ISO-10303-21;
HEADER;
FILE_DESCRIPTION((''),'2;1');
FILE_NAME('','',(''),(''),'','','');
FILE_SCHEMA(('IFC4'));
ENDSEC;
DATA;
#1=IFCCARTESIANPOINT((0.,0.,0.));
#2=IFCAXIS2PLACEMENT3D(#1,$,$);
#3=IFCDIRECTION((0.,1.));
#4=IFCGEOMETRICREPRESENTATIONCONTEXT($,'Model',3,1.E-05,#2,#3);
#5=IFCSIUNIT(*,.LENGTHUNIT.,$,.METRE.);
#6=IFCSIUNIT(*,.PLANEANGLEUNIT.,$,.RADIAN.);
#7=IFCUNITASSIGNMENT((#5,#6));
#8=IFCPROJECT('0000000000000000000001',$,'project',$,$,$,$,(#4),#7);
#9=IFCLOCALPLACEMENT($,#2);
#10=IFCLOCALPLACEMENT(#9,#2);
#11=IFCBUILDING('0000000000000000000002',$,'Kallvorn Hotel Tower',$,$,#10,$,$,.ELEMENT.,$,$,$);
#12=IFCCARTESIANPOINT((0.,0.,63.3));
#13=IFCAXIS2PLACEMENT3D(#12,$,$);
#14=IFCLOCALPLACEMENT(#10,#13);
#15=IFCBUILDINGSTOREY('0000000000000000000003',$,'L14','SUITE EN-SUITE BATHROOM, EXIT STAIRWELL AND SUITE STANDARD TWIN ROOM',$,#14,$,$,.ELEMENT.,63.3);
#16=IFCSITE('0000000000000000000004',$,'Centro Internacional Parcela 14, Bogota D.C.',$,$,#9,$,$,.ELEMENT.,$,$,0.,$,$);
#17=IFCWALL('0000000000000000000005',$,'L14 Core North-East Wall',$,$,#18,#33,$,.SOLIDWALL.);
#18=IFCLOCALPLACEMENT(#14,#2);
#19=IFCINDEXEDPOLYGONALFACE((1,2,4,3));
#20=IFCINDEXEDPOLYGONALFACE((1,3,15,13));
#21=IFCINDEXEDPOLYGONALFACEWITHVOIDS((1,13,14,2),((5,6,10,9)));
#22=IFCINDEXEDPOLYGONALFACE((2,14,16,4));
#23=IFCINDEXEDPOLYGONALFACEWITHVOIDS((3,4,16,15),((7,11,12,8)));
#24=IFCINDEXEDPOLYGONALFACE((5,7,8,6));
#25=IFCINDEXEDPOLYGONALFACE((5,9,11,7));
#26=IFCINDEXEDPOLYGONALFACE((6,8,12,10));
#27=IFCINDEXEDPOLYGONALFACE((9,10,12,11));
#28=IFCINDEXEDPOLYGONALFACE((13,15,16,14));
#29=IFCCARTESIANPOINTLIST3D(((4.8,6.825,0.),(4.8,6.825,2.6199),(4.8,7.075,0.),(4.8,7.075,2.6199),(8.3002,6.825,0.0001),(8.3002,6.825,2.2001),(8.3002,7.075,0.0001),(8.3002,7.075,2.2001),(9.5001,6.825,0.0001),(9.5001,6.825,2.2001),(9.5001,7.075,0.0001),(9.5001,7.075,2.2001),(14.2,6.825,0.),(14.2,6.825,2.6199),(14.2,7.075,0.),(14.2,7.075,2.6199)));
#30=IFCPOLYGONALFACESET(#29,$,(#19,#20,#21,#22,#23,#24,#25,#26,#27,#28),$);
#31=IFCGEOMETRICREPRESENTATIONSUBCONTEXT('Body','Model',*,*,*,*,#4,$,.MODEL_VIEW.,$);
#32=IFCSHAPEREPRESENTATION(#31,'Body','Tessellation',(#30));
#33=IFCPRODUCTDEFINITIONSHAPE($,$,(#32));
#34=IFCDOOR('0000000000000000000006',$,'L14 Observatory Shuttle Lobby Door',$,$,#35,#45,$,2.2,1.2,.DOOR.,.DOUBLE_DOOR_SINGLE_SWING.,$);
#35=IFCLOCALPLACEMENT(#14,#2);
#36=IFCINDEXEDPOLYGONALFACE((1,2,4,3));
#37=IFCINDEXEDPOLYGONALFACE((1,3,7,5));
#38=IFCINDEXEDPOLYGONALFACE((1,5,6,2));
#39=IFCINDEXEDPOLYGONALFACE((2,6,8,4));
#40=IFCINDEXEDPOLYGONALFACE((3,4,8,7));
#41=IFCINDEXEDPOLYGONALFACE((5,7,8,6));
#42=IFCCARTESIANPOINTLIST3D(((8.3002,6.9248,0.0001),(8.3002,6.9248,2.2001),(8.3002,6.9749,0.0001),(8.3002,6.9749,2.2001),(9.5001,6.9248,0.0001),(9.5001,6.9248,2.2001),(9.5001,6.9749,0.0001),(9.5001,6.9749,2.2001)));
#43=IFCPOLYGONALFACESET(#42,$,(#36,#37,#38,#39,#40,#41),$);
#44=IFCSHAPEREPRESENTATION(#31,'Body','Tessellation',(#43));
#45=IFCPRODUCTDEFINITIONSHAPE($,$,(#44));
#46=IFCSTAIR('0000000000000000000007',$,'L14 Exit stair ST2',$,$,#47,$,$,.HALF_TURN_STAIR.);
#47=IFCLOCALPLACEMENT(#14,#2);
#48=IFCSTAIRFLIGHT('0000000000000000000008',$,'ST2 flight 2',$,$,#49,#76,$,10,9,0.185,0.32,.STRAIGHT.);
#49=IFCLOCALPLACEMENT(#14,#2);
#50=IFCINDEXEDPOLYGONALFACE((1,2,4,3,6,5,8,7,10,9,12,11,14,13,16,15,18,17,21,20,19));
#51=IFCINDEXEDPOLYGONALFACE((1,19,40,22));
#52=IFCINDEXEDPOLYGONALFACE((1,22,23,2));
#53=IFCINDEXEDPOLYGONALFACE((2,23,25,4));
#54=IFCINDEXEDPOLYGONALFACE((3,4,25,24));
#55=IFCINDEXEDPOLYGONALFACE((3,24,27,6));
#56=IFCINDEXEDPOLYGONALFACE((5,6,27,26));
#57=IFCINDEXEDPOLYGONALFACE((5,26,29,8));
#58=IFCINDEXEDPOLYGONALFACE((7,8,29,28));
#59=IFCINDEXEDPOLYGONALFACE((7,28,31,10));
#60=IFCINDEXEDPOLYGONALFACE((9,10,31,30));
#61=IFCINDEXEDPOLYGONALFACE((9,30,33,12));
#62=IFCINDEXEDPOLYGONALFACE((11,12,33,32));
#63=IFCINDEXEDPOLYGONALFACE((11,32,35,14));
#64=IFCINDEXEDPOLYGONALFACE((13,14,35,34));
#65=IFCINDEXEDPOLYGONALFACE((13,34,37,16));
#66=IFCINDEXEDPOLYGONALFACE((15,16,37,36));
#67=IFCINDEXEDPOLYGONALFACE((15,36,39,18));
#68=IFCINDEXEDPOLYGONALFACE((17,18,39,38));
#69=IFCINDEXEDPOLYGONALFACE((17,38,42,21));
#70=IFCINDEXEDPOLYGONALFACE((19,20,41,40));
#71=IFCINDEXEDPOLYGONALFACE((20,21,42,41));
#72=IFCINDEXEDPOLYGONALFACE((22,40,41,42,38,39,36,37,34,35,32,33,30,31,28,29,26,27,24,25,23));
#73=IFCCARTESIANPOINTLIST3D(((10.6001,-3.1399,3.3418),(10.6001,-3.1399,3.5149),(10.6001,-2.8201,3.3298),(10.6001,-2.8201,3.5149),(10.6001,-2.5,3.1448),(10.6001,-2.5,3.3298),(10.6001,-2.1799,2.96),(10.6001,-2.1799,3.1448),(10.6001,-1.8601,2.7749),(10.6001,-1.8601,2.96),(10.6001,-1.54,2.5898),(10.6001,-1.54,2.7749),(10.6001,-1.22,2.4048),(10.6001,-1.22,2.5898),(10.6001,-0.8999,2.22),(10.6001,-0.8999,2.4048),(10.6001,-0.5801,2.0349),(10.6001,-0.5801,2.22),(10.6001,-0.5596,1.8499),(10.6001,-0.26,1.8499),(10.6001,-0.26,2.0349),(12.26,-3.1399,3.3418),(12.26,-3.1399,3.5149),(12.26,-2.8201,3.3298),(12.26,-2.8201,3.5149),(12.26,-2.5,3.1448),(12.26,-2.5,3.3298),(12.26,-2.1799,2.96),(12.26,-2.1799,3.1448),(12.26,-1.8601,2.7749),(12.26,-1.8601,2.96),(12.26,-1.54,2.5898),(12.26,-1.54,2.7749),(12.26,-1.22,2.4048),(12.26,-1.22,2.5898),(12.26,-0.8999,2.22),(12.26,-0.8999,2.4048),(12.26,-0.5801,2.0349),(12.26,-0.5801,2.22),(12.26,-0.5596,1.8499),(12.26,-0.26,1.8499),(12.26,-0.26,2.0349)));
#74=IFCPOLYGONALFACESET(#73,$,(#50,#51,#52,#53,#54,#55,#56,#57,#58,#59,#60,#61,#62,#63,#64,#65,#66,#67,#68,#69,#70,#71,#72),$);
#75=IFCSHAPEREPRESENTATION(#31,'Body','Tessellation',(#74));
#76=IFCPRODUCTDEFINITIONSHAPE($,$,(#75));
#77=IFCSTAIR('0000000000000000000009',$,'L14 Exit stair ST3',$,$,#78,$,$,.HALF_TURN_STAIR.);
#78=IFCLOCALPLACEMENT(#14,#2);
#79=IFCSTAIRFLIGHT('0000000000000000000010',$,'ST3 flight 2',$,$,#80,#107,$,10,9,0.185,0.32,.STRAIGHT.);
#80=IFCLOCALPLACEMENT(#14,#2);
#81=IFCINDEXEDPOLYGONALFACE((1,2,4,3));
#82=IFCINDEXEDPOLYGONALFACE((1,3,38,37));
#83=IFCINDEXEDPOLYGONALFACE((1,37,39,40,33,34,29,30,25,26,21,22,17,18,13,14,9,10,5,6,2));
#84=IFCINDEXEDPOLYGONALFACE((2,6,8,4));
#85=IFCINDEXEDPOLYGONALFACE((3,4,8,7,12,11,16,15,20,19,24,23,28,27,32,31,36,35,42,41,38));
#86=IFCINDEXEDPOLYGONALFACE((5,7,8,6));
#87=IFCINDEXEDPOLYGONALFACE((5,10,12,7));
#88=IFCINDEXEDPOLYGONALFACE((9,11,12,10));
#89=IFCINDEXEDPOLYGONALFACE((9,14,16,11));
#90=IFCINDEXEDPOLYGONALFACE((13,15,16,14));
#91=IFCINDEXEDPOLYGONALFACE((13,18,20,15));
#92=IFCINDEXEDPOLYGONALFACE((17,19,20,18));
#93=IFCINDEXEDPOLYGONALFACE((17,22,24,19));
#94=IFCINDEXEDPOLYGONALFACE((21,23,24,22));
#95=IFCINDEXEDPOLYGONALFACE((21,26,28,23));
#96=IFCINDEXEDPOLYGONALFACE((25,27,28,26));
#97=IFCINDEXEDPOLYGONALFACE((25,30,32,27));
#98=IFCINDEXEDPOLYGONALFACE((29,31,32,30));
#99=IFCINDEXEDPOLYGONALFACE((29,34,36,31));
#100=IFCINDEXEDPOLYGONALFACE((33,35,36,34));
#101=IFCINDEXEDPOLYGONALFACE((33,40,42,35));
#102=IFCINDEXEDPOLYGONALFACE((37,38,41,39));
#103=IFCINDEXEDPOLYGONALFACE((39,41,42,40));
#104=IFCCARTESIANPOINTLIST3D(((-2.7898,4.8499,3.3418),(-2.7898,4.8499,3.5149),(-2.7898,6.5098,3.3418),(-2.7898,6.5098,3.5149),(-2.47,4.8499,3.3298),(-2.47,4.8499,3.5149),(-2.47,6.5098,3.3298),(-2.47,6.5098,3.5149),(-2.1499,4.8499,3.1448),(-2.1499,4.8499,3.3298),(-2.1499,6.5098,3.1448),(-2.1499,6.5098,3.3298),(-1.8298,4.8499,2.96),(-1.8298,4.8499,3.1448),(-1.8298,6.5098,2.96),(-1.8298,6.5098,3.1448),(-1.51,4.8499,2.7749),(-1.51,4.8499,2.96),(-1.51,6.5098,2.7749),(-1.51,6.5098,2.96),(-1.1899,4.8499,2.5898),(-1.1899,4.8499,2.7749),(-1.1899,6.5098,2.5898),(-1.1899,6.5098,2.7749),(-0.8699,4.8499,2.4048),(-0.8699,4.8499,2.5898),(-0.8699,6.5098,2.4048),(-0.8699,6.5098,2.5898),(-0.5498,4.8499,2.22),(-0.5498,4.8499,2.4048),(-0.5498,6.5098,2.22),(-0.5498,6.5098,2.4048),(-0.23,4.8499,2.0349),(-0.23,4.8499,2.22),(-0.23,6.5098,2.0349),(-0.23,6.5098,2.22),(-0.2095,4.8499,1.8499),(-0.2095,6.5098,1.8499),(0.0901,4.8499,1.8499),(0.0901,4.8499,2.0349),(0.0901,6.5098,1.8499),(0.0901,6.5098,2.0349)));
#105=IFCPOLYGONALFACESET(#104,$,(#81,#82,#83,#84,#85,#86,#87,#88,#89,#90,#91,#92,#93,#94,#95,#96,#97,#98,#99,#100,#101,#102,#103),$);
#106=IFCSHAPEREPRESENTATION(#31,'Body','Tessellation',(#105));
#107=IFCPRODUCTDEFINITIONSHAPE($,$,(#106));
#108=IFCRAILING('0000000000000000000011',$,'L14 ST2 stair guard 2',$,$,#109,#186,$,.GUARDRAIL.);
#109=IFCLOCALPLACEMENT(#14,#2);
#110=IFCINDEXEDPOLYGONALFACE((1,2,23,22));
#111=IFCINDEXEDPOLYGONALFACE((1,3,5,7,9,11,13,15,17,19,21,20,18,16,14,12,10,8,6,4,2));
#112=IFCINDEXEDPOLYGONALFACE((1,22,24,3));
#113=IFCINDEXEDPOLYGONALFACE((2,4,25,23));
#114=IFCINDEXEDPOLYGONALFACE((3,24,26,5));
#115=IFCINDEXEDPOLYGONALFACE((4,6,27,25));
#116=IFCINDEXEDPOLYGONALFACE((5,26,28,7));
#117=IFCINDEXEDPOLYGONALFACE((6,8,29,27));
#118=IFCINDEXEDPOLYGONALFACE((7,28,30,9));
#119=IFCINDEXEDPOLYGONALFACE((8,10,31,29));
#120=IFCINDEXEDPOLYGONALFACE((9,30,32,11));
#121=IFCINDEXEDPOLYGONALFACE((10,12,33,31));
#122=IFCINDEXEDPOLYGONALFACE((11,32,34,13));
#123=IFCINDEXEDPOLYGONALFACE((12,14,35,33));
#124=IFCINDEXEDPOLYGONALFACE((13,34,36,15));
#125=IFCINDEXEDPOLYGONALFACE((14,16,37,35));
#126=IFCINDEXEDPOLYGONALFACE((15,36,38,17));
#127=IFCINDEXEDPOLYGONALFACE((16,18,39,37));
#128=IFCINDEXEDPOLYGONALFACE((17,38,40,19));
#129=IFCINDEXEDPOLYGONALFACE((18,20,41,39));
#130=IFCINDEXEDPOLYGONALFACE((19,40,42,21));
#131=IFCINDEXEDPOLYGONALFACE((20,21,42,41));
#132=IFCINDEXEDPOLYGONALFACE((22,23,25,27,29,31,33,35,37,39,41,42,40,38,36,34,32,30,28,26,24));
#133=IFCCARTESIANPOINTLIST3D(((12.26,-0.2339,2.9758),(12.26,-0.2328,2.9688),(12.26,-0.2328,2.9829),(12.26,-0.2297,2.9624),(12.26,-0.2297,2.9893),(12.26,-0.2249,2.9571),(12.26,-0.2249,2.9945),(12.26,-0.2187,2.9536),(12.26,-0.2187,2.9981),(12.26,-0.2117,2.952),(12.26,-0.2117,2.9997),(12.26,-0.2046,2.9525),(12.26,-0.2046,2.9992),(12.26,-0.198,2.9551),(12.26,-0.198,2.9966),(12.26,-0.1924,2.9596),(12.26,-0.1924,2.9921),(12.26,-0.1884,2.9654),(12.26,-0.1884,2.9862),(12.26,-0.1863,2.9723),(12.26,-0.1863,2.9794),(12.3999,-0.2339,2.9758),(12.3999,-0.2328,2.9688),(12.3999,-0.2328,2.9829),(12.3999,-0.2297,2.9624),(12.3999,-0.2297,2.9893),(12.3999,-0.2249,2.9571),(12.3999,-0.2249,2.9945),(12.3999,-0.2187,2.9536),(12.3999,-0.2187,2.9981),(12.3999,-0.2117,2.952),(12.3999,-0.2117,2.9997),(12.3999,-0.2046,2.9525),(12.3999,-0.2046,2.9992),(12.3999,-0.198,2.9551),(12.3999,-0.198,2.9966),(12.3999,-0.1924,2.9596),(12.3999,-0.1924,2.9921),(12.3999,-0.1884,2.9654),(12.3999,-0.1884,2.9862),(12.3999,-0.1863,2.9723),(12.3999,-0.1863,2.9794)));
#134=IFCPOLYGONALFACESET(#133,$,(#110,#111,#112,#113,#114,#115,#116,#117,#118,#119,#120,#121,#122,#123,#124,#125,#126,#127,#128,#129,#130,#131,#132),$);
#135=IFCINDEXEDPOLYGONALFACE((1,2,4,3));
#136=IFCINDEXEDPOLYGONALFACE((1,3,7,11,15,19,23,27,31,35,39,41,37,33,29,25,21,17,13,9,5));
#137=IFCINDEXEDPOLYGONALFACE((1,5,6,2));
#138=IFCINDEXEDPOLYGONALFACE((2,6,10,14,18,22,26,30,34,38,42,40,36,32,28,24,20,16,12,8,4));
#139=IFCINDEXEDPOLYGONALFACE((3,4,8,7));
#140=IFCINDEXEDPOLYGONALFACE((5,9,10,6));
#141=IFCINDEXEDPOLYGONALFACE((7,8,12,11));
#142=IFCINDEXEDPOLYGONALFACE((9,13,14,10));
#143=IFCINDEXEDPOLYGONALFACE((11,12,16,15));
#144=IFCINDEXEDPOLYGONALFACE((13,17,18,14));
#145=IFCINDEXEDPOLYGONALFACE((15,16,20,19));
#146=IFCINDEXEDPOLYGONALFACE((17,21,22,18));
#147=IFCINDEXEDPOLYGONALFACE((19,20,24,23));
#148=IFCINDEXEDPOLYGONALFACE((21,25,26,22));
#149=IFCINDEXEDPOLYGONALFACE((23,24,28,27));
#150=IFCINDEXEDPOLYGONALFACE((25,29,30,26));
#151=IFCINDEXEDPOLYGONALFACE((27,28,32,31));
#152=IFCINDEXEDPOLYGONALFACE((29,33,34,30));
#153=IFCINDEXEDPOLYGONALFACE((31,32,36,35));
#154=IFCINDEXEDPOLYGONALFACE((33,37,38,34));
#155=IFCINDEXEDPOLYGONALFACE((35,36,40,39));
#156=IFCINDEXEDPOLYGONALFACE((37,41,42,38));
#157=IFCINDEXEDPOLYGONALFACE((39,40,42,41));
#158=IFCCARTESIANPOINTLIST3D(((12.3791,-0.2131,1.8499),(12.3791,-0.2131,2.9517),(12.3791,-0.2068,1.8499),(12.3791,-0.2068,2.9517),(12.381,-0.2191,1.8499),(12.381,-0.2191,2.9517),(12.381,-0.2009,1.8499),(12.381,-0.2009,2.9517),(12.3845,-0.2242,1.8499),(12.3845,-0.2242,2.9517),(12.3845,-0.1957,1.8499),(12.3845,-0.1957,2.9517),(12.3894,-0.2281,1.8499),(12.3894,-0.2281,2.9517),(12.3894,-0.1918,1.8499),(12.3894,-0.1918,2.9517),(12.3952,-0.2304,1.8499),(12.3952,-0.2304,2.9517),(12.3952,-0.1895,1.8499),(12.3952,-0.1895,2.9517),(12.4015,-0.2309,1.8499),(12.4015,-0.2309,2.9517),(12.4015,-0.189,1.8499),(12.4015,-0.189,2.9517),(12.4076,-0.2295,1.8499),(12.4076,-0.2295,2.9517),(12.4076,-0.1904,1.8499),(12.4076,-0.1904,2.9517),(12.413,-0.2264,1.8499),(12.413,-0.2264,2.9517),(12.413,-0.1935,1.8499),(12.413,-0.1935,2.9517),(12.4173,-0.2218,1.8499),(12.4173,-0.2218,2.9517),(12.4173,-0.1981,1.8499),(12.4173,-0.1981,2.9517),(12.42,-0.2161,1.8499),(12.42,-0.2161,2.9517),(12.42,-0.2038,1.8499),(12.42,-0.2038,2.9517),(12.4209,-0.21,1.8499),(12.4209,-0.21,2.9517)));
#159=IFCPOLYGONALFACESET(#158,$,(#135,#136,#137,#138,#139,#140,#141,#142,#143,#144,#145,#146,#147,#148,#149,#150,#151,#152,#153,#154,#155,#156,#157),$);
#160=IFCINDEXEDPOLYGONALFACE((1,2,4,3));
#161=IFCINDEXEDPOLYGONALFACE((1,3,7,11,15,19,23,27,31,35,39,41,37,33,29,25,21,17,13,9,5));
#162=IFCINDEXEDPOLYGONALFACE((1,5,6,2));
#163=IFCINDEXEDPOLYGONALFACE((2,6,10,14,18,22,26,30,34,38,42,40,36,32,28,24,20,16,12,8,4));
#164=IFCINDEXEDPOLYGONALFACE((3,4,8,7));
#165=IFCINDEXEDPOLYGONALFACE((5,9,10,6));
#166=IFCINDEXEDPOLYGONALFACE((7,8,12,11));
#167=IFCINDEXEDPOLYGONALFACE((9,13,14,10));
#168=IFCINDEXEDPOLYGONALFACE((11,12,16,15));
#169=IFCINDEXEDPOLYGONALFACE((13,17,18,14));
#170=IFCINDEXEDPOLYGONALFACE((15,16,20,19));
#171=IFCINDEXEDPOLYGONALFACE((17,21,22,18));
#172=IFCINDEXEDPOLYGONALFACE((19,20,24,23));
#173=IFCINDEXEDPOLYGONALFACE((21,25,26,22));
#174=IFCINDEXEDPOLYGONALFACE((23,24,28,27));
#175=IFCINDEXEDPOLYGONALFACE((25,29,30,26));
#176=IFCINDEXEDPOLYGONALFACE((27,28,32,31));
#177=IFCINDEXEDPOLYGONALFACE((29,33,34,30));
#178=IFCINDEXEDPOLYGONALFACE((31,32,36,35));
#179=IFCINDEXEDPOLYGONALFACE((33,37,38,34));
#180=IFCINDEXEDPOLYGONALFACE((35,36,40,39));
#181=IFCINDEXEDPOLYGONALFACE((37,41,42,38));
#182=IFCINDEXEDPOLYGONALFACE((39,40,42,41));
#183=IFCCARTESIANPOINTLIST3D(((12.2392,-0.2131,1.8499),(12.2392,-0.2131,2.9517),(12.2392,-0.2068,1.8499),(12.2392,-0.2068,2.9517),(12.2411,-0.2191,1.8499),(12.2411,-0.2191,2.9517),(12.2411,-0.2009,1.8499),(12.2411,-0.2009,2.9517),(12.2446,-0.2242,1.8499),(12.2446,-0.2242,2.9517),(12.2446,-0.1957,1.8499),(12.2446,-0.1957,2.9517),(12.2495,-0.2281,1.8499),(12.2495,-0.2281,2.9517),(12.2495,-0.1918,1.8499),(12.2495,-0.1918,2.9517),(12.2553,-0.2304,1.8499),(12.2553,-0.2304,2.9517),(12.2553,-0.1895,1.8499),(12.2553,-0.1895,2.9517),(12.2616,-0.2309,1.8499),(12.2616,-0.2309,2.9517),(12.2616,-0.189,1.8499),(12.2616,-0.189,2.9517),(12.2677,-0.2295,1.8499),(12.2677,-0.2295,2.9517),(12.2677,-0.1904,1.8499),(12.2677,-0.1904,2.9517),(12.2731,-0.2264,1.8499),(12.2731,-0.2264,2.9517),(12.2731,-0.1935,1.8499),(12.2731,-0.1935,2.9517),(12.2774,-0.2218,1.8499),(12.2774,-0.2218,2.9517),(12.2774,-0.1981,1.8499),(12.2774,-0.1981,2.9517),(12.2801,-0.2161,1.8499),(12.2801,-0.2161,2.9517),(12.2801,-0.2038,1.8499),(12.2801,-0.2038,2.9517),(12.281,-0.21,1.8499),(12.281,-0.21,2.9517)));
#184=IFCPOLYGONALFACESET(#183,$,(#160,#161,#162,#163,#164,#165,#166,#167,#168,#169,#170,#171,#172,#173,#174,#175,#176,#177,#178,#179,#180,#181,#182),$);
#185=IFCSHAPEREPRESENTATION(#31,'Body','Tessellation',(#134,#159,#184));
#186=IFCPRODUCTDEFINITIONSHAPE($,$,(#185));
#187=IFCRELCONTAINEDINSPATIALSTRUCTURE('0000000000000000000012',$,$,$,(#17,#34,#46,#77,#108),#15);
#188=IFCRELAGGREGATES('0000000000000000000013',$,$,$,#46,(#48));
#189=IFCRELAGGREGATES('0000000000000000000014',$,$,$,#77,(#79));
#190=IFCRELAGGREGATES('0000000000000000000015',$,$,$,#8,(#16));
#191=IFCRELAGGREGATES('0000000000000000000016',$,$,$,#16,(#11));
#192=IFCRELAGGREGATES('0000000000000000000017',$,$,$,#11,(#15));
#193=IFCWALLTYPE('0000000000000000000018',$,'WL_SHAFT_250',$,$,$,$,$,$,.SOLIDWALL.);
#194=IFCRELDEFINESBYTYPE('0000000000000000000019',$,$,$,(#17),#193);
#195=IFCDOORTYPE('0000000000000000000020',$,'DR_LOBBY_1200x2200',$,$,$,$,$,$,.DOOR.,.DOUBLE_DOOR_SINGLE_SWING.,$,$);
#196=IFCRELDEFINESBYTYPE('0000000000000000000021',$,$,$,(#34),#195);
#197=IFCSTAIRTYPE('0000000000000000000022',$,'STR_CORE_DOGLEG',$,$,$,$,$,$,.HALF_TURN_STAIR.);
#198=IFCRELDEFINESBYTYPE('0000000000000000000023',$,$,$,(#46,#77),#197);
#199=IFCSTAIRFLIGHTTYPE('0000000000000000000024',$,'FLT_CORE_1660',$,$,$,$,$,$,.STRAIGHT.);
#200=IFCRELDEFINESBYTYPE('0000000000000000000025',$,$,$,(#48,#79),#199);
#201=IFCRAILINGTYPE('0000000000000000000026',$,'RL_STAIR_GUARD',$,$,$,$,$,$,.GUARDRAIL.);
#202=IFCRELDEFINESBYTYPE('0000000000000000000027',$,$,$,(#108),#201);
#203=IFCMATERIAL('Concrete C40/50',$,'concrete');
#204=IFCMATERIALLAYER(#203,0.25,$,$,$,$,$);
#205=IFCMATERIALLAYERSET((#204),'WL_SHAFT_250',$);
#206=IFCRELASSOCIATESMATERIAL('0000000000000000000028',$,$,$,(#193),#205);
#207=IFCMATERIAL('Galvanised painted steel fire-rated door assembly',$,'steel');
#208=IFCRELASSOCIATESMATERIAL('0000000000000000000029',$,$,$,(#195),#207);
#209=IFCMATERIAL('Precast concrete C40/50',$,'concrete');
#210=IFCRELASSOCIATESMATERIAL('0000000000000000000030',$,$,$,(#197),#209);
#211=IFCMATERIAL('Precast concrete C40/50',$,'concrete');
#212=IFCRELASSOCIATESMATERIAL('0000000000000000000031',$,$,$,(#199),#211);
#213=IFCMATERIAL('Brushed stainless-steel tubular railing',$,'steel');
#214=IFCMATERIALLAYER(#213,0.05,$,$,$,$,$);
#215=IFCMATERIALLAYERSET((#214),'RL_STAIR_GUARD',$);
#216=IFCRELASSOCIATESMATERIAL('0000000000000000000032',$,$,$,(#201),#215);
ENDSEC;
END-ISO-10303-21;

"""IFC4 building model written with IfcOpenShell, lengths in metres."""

from ifc_helpers import new_model, si_unit, direction, frame, frame_2d, origin, origin_2d, place, context, subcontext, project, spatial, polyline, rectangle, circle, outline, extrude, material, layer, layer_set, type_object, element, fill, aggregate, save


model = new_model("IFC4")

# Units and contexts
model_context = context("Model", 3, precision=1e-05, world=origin(), true_north=direction((0.0, 1.0)))
body_context = subcontext(model_context, "Body", "Model", "MODEL_VIEW")
ifc_project = project(units=[si_unit("LENGTHUNIT", "METRE"), si_unit("PLANEANGLEUNIT", "RADIAN")], contexts=[model_context])

# Site, building, storey
site_placement = place(None, origin())
site = spatial("IfcSite", under=ifc_project, at=site_placement, Name="Centro Internacional Parcela 14, Bogota D.C.", CompositionType="ELEMENT", RefElevation=0.0)
building_placement = place(site_placement, origin())
building = spatial("IfcBuilding", under=site, at=building_placement, Name="Kallvorn Hotel Tower", CompositionType="ELEMENT")
storey_placement = place(building_placement, frame((0.0, 0.0, 63.3)))
storey = spatial("IfcBuildingStorey", under=building, at=storey_placement, Name="L14", Description="SUITE EN-SUITE BATHROOM, EXIT STAIRWELL AND SUITE STANDARD TWIN ROOM", CompositionType="ELEMENT", Elevation=63.3)

# Wall, opening, door
ifc_material_1 = material(Name="Concrete C40/50", Category="concrete")
ifc_layer_1 = layer(ifc_material_1, 0.25)
ifc_layer_set_1 = layer_set([ifc_layer_1], Name="WL_SHAFT_250")
wall_type_1 = type_object("IfcWallType", Name="WL_SHAFT_250", PredefinedType="SOLIDWALL", material=ifc_layer_set_1)
wall_1_placement = place(storey_placement, frame((4.8, 6.95, 0.0), z_axis=(0.0, 0.0, 1.0), x_axis=(1.0, 0.0, 0.0)))
wall_1 = element("IfcWall", 1, at=wall_1_placement, inside=storey, type_object=wall_type_1, Name="L14 Core North-East Wall", PredefinedType="SOLIDWALL", context=body_context, shape_type="SweptSolid", body=[
    extrude(rectangle(XDim=9.3999, YDim=0.25, at=frame_2d((4.7, 0.0))), origin(), (0.0, 0.0, 1.0), 2.6199),
])
opening_1_placement = place(wall_1_placement, frame((3.5, 0.0, 0.0)))
opening_1 = element("IfcOpeningElement", 2, at=opening_1_placement, cuts=wall_1, PredefinedType="OPENING", context=body_context, shape_type="SweptSolid", body=[
    extrude(rectangle(XDim=1.2, YDim=2.2, at=frame_2d((0.6001, 1.1001))), frame((0.0, 0.1399, 0.0), z_axis=(0.0, -1.0, 0.0), x_axis=(1.0, 0.0, 0.0)), (0.0, 0.0, 1.0), 0.28),
])
ifc_material_2 = material(Name="Galvanised painted steel fire-rated door assembly", Category="steel")
door_type_1 = type_object("IfcDoorType", Name="DR_LOBBY_1200x2200", OperationType="DOUBLE_DOOR_SINGLE_SWING", PredefinedType="DOOR", material=ifc_material_2)
door_1_placement = place(opening_1_placement, origin())
door_1 = element("IfcDoor", 3, at=door_1_placement, inside=storey, type_object=door_type_1, Name="L14 Observatory Shuttle Lobby Door", OperationType="DOUBLE_DOOR_SINGLE_SWING", OverallHeight=2.2, OverallWidth=1.2, PredefinedType="DOOR", context=body_context, shape_type="SweptSolid", body=[
    extrude(rectangle(XDim=1.2, YDim=2.2, at=frame_2d((0.6001, 1.1001))), frame((0.0, 0.0249, 0.0), z_axis=(0.0, -1.0, 0.0), x_axis=(1.0, 0.0, 0.0)), (0.0, 0.0, 1.0), 0.05),
])
fill(opening_1, door_1)

# Stairs, stair flights
ifc_material_3 = material(Name="Precast concrete C40/50", Category="concrete")
stair_type = type_object("IfcStairType", Name="STR_CORE_DOGLEG", PredefinedType="HALF_TURN_STAIR", material=ifc_material_3)
stair_1_placement = place(storey_placement, origin())
stair_1 = element("IfcStair", 4, at=stair_1_placement, inside=storey, type_object=stair_type, Name="L14 Exit stair ST2", PredefinedType="HALF_TURN_STAIR")
ifc_material_4 = material(Name="Precast concrete C40/50", Category="concrete")
stair_flight_type = type_object("IfcStairFlightType", Name="FLT_CORE_1660", PredefinedType="STRAIGHT", material=ifc_material_4)
stair_flight_1_placement = place(storey_placement, frame((11.4299, -0.26, 1.8499), z_axis=(0.0, 0.0, 1.0), x_axis=(0.0, -1.0, 0.0)))
stair_flight_1 = element("IfcStairFlight", 5, at=stair_flight_1_placement, type_object=stair_flight_type, Name="ST2 flight 2", NumberOfRisers=10, NumberOfTreads=9, PredefinedType="STRAIGHT", RiserHeight=0.185, TreadLength=0.32, context=body_context, shape_type="SweptSolid", body=[
    extrude(outline(polyline([(0.0, 0.0), (0.0, 0.1851), (0.3201, 0.1851), (0.3201, 0.3701), (0.6399, 0.3701), (0.6399, 0.5549), (0.96, 0.5549), (0.96, 0.74), (1.28, 0.74), (1.28, 0.925), (1.6001, 0.925), (1.6001, 1.1101), (1.9199, 1.1101), (1.9199, 1.2949), (2.24, 1.2949), (2.24, 1.48), (2.5601, 1.48), (2.5601, 1.665), (2.8799, 1.665), (2.8799, 1.8501), (2.8799, 1.4919), (0.2996, 0.0), (0.0, 0.0)])), frame((0.0, 0.8301, 0.0), z_axis=(0.0, -1.0, 0.0), x_axis=(1.0, 0.0, 0.0)), (0.0, 0.0, 1.0), 1.6599),
])
aggregate(stair_1, [stair_flight_1])
stair_2_placement = place(storey_placement, origin())
stair_2 = element("IfcStair", 6, at=stair_2_placement, inside=storey, type_object=stair_type, Name="L14 Exit stair ST3", PredefinedType="HALF_TURN_STAIR")
stair_flight_2_placement = place(storey_placement, frame((0.0901, 5.6799, 1.8499), z_axis=(0.0, 0.0, 1.0), x_axis=(-1.0, 0.0, 0.0)))
stair_flight_2 = element("IfcStairFlight", 7, at=stair_flight_2_placement, type_object=stair_flight_type, Name="ST3 flight 2", NumberOfRisers=10, NumberOfTreads=9, PredefinedType="STRAIGHT", RiserHeight=0.185, TreadLength=0.32, context=body_context, shape_type="SweptSolid", body=[
    extrude(outline(polyline([(0.0, 0.0), (0.0, 0.1851), (0.3201, 0.1851), (0.3201, 0.3701), (0.6399, 0.3701), (0.6399, 0.5549), (0.96, 0.5549), (0.96, 0.74), (1.28, 0.74), (1.28, 0.925), (1.6001, 0.925), (1.6001, 1.1101), (1.9199, 1.1101), (1.9199, 1.2949), (2.24, 1.2949), (2.24, 1.48), (2.5601, 1.48), (2.5601, 1.665), (2.8799, 1.665), (2.8799, 1.8501), (2.8799, 1.4919), (0.2996, 0.0), (0.0, 0.0)])), frame((0.0, 0.8301, 0.0), z_axis=(0.0, -1.0, 0.0), x_axis=(1.0, 0.0, 0.0)), (0.0, 0.0, 1.0), 1.6599),
])
aggregate(stair_2, [stair_flight_2])

# Railing
ifc_material_5 = material(Name="Brushed stainless-steel tubular railing", Category="steel")
ifc_layer_2 = layer(ifc_material_5, 0.05)
ifc_layer_set_2 = layer_set([ifc_layer_2], Name="RL_STAIR_GUARD")
railing_type_1 = type_object("IfcRailingType", Name="RL_STAIR_GUARD", PredefinedType="GUARDRAIL", material=ifc_layer_set_2)
railing_1_placement = place(storey_placement, frame((12.3999, -0.21, 1.8499)))
element("IfcRailing", 8, at=railing_1_placement, inside=storey, type_object=railing_type_1, Name="L14 ST2 stair guard 2", PredefinedType="GUARDRAIL", context=body_context, shape_type="SweptSolid", body=[
    extrude(circle(Radius=0.0239, at=origin_2d()), frame((0.0, 0.0, 1.126), z_axis=(-1.0, 0.0, 0.0), x_axis=(0.0, -1.0, 0.0)), (0.0, 0.0, 1.0), 0.1399),
    extrude(circle(Radius=0.021, at=origin_2d()), origin(), (0.0, 0.0, 1.0), 1.1018),
    extrude(circle(Radius=0.021, at=origin_2d()), frame((-0.1399, 0.0, 0.0)), (0.0, 0.0, 1.0), 1.1018),
])

save(model, "model.ifc")
